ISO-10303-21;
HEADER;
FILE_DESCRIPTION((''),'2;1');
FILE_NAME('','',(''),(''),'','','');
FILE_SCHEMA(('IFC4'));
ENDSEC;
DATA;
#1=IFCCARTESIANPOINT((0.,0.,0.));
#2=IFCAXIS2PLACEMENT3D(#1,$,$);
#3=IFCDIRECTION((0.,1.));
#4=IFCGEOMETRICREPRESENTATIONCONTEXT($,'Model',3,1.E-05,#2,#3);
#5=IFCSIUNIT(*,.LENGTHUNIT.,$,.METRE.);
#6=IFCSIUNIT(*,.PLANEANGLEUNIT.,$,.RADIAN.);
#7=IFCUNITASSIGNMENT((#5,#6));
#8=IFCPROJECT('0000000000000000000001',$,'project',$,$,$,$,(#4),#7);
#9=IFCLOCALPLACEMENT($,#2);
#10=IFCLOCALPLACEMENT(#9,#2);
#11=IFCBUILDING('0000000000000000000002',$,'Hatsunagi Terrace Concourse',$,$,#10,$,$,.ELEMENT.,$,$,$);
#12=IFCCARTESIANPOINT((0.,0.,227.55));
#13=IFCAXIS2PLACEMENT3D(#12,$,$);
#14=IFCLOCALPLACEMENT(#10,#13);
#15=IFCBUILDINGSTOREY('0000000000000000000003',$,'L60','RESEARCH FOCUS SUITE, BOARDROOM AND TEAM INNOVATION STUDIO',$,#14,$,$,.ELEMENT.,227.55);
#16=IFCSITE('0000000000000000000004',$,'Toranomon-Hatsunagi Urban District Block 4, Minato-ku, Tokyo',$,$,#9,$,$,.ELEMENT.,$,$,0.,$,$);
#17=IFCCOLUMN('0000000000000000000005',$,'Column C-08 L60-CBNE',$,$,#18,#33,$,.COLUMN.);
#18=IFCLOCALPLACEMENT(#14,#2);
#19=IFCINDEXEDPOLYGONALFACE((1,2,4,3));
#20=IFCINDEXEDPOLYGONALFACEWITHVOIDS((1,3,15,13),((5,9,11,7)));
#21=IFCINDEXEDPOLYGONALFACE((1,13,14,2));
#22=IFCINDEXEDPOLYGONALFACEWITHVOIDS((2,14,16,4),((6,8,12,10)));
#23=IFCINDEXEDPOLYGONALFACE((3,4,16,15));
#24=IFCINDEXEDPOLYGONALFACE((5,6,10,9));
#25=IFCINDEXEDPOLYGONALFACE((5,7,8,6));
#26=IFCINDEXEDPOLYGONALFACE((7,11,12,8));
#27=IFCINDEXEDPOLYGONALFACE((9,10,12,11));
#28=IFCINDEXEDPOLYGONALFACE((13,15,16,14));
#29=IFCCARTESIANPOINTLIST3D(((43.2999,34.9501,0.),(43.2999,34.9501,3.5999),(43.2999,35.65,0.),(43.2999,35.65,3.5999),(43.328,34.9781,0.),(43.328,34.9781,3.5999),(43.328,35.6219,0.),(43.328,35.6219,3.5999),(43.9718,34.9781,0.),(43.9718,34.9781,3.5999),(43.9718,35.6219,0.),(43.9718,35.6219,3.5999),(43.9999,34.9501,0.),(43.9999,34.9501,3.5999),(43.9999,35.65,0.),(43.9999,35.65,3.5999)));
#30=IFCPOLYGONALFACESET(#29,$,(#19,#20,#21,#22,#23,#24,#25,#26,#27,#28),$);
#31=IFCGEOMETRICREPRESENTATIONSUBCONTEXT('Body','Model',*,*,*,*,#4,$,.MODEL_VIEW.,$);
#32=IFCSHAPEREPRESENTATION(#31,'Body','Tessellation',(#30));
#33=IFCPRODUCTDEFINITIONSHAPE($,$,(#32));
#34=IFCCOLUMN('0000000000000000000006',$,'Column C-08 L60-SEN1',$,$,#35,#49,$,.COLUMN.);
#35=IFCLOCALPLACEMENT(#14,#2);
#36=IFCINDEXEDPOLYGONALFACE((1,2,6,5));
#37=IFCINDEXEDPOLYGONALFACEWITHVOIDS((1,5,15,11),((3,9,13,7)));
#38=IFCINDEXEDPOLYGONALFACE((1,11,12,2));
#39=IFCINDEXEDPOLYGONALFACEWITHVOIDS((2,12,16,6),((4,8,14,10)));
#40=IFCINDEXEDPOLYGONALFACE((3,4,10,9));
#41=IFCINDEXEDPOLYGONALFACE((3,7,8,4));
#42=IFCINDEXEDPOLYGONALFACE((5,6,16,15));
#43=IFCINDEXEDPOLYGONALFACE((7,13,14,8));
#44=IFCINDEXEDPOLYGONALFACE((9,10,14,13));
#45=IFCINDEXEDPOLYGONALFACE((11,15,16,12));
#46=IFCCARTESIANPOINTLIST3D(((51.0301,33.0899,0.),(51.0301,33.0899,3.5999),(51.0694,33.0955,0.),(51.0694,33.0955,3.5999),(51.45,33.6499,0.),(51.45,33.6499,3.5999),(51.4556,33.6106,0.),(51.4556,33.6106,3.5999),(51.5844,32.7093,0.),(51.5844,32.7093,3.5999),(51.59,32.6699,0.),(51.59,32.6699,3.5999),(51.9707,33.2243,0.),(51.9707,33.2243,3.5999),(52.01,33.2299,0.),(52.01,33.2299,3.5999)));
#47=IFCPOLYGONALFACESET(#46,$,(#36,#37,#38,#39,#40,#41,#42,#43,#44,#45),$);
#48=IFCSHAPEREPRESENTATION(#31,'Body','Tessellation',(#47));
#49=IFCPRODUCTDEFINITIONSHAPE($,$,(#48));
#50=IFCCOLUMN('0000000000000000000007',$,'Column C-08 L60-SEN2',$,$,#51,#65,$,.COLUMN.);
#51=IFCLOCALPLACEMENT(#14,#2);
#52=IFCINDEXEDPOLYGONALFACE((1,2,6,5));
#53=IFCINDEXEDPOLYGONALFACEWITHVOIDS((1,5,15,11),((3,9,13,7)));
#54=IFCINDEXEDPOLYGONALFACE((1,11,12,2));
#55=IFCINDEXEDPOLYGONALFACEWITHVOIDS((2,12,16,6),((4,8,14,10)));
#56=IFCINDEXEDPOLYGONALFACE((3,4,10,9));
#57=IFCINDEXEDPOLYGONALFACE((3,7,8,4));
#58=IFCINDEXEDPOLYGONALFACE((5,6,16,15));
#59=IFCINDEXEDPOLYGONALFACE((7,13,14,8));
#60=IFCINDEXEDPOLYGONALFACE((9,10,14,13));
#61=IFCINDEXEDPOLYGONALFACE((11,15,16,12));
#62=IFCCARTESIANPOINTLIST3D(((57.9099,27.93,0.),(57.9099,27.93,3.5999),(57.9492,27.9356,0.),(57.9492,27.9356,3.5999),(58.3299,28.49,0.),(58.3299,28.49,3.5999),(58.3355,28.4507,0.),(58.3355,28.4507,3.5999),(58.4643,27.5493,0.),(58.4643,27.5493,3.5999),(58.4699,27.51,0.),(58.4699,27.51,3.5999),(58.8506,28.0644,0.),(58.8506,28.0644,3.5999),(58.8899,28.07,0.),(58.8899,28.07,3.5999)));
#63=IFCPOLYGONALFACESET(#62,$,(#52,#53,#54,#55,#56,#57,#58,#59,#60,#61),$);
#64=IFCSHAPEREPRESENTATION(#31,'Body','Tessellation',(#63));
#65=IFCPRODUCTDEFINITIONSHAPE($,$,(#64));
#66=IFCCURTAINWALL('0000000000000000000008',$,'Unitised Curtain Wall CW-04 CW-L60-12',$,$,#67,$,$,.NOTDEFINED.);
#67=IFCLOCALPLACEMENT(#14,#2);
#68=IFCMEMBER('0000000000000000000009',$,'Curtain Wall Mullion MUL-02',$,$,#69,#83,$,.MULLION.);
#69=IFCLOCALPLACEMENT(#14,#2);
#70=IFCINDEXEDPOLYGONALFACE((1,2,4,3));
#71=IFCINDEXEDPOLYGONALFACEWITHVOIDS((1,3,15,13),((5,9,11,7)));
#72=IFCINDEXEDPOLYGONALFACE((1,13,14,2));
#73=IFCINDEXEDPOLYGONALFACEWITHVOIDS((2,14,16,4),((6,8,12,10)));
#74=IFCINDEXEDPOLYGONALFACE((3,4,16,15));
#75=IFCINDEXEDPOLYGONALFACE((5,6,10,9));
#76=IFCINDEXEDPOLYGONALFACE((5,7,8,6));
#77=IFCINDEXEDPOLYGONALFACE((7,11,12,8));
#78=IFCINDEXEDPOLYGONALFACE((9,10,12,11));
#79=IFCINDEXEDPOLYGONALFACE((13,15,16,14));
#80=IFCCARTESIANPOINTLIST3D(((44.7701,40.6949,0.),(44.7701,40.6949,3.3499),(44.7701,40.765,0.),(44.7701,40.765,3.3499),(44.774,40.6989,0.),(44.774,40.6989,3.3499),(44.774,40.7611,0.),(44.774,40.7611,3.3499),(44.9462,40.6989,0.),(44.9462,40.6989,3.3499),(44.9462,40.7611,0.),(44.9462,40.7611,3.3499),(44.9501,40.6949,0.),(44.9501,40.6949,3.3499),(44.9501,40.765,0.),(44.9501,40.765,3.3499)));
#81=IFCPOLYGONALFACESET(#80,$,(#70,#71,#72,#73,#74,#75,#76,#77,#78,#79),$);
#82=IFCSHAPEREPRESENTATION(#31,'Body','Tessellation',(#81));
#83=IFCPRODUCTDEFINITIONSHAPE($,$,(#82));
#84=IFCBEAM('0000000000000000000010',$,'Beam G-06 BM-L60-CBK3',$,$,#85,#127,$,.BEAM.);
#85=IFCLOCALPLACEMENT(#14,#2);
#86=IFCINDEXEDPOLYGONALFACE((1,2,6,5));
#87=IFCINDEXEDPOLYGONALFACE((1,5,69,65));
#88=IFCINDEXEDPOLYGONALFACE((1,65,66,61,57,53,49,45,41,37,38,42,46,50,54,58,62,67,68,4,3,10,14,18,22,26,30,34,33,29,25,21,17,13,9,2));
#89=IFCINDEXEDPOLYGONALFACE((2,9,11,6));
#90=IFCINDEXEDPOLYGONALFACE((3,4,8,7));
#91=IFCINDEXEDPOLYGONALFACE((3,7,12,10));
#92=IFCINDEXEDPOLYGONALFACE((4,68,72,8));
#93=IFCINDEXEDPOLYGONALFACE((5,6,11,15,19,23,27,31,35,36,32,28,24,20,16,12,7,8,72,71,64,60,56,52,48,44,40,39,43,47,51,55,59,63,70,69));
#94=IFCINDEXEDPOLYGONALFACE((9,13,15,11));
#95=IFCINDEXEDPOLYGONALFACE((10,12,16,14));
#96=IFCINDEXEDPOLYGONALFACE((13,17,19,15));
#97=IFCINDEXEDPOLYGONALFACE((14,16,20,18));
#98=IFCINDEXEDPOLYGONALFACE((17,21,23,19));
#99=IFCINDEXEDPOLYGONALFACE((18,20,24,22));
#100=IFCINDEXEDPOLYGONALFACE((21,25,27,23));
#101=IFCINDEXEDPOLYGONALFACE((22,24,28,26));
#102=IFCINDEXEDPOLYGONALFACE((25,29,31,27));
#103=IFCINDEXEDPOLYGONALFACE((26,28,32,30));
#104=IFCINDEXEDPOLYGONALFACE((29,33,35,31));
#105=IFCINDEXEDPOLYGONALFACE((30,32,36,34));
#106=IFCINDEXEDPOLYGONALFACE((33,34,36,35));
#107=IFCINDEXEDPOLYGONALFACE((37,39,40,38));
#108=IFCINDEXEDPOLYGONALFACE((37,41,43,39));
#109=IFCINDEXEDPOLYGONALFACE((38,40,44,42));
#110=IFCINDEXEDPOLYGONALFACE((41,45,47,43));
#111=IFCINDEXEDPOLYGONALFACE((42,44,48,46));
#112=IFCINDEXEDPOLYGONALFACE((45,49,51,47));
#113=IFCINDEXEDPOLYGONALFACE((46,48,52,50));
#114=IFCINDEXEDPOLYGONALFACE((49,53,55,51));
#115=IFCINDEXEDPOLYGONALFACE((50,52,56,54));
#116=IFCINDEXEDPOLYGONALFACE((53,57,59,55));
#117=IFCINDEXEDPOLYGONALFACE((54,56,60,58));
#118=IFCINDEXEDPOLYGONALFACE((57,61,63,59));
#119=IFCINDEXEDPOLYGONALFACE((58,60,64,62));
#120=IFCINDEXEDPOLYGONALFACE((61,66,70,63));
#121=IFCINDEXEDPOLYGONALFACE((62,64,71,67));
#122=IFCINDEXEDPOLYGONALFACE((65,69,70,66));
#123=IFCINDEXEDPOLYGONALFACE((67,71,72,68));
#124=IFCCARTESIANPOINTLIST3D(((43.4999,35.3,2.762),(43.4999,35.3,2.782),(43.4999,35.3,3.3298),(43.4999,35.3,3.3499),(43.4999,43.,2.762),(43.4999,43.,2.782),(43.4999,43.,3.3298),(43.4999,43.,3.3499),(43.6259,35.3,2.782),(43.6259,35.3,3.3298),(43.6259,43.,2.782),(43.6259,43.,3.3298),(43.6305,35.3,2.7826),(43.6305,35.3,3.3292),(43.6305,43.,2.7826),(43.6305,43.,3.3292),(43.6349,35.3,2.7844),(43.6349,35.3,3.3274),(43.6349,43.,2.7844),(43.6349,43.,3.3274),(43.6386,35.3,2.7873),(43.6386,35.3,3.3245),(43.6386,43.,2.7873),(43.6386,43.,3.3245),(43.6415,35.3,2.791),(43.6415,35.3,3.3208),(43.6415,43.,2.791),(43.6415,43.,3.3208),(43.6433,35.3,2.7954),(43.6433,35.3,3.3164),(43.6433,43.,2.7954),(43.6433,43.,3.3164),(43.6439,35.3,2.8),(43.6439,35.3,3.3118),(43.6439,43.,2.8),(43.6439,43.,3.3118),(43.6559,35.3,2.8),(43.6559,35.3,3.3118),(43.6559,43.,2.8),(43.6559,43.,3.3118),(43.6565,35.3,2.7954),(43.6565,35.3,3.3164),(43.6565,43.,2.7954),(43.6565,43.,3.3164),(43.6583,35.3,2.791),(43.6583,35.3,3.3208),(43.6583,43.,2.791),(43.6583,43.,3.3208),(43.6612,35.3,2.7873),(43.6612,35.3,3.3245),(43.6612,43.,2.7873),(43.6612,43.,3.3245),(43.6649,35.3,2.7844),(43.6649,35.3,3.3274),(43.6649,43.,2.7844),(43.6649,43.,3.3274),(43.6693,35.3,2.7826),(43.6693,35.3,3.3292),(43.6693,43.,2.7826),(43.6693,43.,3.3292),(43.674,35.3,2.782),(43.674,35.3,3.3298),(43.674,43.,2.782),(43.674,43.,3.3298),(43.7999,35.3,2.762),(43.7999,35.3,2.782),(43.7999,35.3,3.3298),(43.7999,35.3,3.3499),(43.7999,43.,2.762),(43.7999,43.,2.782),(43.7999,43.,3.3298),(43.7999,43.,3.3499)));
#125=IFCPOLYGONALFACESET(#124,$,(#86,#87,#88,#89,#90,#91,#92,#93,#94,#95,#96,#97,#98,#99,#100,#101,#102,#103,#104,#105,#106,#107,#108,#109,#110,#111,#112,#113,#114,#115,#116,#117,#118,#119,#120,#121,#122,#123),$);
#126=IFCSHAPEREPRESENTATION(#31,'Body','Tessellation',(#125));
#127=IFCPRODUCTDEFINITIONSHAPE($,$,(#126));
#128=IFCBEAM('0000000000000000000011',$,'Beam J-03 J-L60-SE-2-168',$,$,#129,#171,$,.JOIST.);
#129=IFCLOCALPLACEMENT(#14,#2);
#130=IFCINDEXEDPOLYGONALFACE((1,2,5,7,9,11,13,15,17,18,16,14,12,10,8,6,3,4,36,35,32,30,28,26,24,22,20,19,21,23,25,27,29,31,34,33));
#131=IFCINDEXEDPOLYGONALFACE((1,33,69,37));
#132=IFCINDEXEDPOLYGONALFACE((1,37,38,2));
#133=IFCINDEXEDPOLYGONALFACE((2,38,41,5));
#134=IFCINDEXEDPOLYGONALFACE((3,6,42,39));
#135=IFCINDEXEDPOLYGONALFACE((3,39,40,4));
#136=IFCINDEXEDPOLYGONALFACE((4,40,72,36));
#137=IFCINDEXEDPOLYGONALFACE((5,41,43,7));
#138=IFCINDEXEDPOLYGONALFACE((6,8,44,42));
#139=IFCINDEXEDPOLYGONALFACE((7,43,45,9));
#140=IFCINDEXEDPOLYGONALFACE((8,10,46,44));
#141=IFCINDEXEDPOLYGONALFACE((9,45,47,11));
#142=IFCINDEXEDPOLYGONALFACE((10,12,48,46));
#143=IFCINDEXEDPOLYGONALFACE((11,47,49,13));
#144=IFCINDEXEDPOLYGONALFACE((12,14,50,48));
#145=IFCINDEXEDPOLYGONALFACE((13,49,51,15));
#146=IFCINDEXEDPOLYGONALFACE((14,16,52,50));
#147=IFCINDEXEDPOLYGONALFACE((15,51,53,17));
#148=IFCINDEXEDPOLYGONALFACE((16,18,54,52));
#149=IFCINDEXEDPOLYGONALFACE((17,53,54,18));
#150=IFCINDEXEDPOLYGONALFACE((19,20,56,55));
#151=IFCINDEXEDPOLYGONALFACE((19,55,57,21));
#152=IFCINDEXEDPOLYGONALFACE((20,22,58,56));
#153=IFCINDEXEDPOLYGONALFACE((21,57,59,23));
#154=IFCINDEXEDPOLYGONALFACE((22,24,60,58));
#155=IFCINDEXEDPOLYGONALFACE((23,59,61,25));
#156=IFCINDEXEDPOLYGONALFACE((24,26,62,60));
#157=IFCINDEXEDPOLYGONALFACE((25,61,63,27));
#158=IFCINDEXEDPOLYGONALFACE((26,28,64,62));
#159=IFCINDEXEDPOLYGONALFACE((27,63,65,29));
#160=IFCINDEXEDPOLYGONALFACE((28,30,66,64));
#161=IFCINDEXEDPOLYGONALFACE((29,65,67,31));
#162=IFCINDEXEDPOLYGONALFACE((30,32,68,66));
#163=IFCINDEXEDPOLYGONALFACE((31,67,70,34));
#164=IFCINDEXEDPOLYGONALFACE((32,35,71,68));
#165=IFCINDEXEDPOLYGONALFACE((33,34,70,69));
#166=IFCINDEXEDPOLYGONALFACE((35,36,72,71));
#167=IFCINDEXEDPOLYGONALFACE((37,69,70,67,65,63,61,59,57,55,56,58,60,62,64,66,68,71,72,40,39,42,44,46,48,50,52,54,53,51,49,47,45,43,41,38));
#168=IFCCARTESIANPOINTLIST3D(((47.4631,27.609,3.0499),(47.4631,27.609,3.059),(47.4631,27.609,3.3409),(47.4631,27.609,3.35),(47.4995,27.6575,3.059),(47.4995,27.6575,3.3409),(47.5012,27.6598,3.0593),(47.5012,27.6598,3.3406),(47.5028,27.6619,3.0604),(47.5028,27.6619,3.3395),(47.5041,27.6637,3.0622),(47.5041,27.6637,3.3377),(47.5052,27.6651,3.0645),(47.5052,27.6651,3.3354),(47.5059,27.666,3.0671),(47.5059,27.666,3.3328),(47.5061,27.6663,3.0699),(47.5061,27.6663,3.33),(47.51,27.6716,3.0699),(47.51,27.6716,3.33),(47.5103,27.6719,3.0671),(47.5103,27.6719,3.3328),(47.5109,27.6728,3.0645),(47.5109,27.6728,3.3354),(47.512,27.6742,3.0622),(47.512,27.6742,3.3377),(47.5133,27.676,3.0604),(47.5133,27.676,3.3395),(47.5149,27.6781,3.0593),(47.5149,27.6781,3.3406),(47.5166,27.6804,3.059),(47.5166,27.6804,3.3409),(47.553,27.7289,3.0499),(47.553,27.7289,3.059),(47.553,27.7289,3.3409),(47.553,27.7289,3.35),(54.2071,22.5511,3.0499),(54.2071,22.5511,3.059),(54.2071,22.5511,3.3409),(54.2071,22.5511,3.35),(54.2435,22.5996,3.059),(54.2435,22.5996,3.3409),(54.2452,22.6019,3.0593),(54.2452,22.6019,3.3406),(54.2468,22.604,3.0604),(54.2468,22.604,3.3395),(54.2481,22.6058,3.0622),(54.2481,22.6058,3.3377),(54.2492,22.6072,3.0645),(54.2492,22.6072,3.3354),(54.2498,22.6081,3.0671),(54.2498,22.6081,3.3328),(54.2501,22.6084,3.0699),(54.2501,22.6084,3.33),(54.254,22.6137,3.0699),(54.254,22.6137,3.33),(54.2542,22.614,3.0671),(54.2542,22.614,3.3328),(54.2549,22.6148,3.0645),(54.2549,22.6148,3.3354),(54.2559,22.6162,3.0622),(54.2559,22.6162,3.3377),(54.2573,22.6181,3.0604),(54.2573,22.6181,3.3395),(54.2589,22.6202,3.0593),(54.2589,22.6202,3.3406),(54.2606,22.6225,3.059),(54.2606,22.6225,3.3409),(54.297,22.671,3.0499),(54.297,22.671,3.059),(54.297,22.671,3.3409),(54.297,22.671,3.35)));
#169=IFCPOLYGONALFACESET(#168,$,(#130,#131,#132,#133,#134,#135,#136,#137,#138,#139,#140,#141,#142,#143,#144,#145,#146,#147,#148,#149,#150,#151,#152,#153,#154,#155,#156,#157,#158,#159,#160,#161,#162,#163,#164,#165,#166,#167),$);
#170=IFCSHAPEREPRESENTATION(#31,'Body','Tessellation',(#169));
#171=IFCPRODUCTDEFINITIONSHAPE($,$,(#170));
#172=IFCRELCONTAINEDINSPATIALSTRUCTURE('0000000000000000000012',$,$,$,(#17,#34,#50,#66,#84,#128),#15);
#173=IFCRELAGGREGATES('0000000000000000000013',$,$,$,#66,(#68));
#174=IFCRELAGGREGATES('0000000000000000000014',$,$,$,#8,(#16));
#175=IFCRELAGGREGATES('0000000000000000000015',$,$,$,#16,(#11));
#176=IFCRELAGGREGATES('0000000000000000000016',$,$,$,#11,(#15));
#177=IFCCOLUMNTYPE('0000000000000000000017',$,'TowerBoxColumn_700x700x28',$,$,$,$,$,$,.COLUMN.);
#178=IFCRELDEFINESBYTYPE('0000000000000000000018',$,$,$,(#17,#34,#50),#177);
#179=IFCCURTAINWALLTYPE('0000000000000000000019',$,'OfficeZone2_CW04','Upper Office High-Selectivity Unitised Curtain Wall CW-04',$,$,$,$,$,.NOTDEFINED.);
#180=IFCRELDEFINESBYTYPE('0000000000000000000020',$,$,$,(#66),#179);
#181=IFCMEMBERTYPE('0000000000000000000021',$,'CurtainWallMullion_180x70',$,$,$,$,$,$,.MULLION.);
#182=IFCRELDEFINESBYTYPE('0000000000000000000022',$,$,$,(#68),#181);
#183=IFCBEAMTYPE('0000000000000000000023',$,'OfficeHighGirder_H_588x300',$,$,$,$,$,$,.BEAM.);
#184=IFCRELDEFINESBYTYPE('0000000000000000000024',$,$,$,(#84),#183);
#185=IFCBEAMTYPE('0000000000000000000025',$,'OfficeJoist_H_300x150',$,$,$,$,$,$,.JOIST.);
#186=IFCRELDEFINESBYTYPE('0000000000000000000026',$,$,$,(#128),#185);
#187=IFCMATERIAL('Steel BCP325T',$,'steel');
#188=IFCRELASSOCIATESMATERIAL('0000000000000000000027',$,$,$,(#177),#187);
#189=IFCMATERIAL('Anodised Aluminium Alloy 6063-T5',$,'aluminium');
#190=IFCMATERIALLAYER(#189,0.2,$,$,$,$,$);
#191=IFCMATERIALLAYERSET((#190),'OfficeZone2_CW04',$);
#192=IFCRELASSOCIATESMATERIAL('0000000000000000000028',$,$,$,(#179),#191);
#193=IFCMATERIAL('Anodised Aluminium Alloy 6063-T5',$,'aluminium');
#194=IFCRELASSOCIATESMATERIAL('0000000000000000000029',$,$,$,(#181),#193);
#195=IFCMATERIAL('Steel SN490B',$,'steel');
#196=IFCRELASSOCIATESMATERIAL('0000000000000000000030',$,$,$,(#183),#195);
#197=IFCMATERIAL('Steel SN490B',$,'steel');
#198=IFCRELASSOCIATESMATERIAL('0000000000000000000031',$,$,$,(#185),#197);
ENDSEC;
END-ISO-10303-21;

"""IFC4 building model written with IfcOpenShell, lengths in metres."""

from ifc_helpers import new_model, si_unit, direction, frame, origin, origin_2d, place, context, subcontext, project, spatial, hollow_rectangle, i_section, extrude, material, layer, layer_set, material_profile, profile_set, type_object, element, aggregate, save


model = new_model("IFC4")

# Units and contexts
model_context = context("Model", 3, precision=1e-05, world=origin(), true_north=direction((0.0, 1.0)))
body_context = subcontext(model_context, "Body", "Model", "MODEL_VIEW")
ifc_project = project(units=[si_unit("LENGTHUNIT", "METRE"), si_unit("PLANEANGLEUNIT", "RADIAN")], contexts=[model_context])

# Site, building, storey
site_placement = place(None, origin())
site = spatial("IfcSite", under=ifc_project, at=site_placement, Name="Toranomon-Hatsunagi Urban District Block 4, Minato-ku, Tokyo", CompositionType="ELEMENT", RefElevation=0.0)
building_placement = place(site_placement, origin())
building = spatial("IfcBuilding", under=site, at=building_placement, Name="Hatsunagi Terrace Concourse", CompositionType="ELEMENT")
storey_placement = place(building_placement, frame((0.0, 0.0, 227.55)))
storey = spatial("IfcBuildingStorey", under=building, at=storey_placement, Name="L60", Description="RESEARCH FOCUS SUITE, BOARDROOM AND TEAM INNOVATION STUDIO", CompositionType="ELEMENT", Elevation=227.55)

# Columns
ifc_material_1 = material(Name="Steel BCP325T", Category="steel")
ifc_material_profile_1 = material_profile(ifc_material_1, hollow_rectangle(XDim=0.7, YDim=0.7, WallThickness=0.0281, at=origin_2d()), Name="BCP-700x700x28")
ifc_profile_set_1 = profile_set([ifc_material_profile_1], Name="Steel BCP325T")
column_type = type_object("IfcColumnType", Name="TowerBoxColumn_700x700x28", PredefinedType="COLUMN", material=ifc_profile_set_1)
for number, where, z_axis, x_axis, name in (
    (1, (43.6499, 35.3, 0.0), (0.0, 0.0, 1.0), (1.0, 0.0, 0.0), "Column C-08 L60-CBNE"),
    (2, (51.52, 33.1599, 0.0), (0.0, 0.0, 1.0), (0.8, -0.6, 0.0), "Column C-08 L60-SEN1"),
    (3, (58.3999, 28.0, 0.0), (0.0, 0.0, 1.0), (0.8, -0.6, 0.0), "Column C-08 L60-SEN2"),
):
    element("IfcColumn", number, at=place(storey_placement, frame(where, z_axis=z_axis, x_axis=x_axis)), inside=storey, type_object=column_type, Name=name, PredefinedType="COLUMN", context=body_context, shape_type="SweptSolid", body=[
        extrude(hollow_rectangle(XDim=0.7, YDim=0.7, WallThickness=0.0281, at=origin_2d()), origin(), (0.0, 0.0, 1.0), 3.5999),
    ])

# Curtain wall, member
ifc_material_2 = material(Name="Anodised Aluminium Alloy 6063-T5", Category="aluminium")
ifc_layer_1 = layer(ifc_material_2, 0.2)
ifc_layer_set_1 = layer_set([ifc_layer_1], Name="OfficeZone2_CW04")
curtain_wall_type = type_object("IfcCurtainWallType", Name="OfficeZone2_CW04", Description="Upper Office High-Selectivity Unitised Curtain Wall CW-04", PredefinedType="NOTDEFINED", material=ifc_layer_set_1)
curtain_wall_placement = place(storey_placement, origin())
curtain_wall = element("IfcCurtainWall", 4, at=curtain_wall_placement, inside=storey, type_object=curtain_wall_type, Name="Unitised Curtain Wall CW-04 CW-L60-12", PredefinedType="NOTDEFINED")
ifc_material_3 = material(Name="Anodised Aluminium Alloy 6063-T5", Category="aluminium")
ifc_material_profile_2 = material_profile(ifc_material_3, hollow_rectangle(XDim=0.0701, YDim=0.1799, WallThickness=0.0039, at=origin_2d()), Name="ALU-MUL-180x70x4")
ifc_profile_set_2 = profile_set([ifc_material_profile_2], Name="Anodised Aluminium Alloy 6063-T5")
member_type = type_object("IfcMemberType", Name="CurtainWallMullion_180x70", PredefinedType="MULLION", material=ifc_profile_set_2)
member_placement = place(storey_placement, frame((44.8601, 40.73, 0.0), z_axis=(0.0, 0.0, 1.0), x_axis=(0.0, -1.0, 0.0)))
member = element("IfcMember", 5, at=member_placement, type_object=member_type, Name="Curtain Wall Mullion MUL-02", PredefinedType="MULLION", context=body_context, shape_type="SweptSolid", body=[
    extrude(hollow_rectangle(XDim=0.0701, YDim=0.1799, WallThickness=0.0039, at=origin_2d()), origin(), (0.0, 0.0, 1.0), 3.3499),
])
aggregate(curtain_wall, [member])

# Beams
ifc_material_4 = material(Name="Steel SN490B", Category="steel")
ifc_material_profile_3 = material_profile(ifc_material_4, i_section(OverallWidth=0.3, OverallDepth=0.5879, WebThickness=0.012, FlangeThickness=0.02, FilletRadius=0.0181, at=origin_2d()), Name="H-588x300x12x20")
ifc_profile_set_3 = profile_set([ifc_material_profile_3], Name="Steel SN490B")
beam_type_1 = type_object("IfcBeamType", Name="OfficeHighGirder_H_588x300", PredefinedType="BEAM", material=ifc_profile_set_3)
beam_1_placement = place(storey_placement, frame((43.6499, 35.3, 3.0559), z_axis=(0.0, 1.0, 0.0), x_axis=(-1.0, 0.0, 0.0)))
element("IfcBeam", 6, at=beam_1_placement, inside=storey, type_object=beam_type_1, Name="Beam G-06 BM-L60-CBK3", PredefinedType="BEAM", context=body_context, shape_type="SweptSolid", body=[
    extrude(i_section(OverallWidth=0.3, OverallDepth=0.5879, WebThickness=0.012, FlangeThickness=0.02, FilletRadius=0.0181, at=origin_2d()), origin(), (0.0, 0.0, 1.0), 7.7),
])
ifc_material_5 = material(Name="Steel SN490B", Category="steel")
ifc_material_profile_4 = material_profile(ifc_material_5, i_section(OverallWidth=0.1499, OverallDepth=0.3, WebThickness=0.0066, FlangeThickness=0.009, FilletRadius=0.011, at=origin_2d()), Name="H-300x150x6.5x9")
ifc_profile_set_4 = profile_set([ifc_material_profile_4], Name="Steel SN490B")
beam_type_2 = type_object("IfcBeamType", Name="OfficeJoist_H_300x150", PredefinedType="JOIST", material=ifc_profile_set_4)
for number, where, z_axis, x_axis, name in (
    (7, (47.5081, 27.6689, 3.2), (0.800003, -0.599995, 0.0), (0.599995, 0.800003, 0.0), "Beam J-03 J-L60-SE-2-168"),
):
    element("IfcBeam", number, at=place(storey_placement, frame(where, z_axis=z_axis, x_axis=x_axis)), inside=storey, type_object=beam_type_2, Name=name, PredefinedType="JOIST", context=body_context, shape_type="SweptSolid", body=[
        extrude(i_section(OverallWidth=0.1499, OverallDepth=0.3, WebThickness=0.0066, FlangeThickness=0.009, FilletRadius=0.011, at=origin_2d()), origin(), (0.0, 0.0, 1.0), 8.4299),
    ])

save(model, "model.ifc")
